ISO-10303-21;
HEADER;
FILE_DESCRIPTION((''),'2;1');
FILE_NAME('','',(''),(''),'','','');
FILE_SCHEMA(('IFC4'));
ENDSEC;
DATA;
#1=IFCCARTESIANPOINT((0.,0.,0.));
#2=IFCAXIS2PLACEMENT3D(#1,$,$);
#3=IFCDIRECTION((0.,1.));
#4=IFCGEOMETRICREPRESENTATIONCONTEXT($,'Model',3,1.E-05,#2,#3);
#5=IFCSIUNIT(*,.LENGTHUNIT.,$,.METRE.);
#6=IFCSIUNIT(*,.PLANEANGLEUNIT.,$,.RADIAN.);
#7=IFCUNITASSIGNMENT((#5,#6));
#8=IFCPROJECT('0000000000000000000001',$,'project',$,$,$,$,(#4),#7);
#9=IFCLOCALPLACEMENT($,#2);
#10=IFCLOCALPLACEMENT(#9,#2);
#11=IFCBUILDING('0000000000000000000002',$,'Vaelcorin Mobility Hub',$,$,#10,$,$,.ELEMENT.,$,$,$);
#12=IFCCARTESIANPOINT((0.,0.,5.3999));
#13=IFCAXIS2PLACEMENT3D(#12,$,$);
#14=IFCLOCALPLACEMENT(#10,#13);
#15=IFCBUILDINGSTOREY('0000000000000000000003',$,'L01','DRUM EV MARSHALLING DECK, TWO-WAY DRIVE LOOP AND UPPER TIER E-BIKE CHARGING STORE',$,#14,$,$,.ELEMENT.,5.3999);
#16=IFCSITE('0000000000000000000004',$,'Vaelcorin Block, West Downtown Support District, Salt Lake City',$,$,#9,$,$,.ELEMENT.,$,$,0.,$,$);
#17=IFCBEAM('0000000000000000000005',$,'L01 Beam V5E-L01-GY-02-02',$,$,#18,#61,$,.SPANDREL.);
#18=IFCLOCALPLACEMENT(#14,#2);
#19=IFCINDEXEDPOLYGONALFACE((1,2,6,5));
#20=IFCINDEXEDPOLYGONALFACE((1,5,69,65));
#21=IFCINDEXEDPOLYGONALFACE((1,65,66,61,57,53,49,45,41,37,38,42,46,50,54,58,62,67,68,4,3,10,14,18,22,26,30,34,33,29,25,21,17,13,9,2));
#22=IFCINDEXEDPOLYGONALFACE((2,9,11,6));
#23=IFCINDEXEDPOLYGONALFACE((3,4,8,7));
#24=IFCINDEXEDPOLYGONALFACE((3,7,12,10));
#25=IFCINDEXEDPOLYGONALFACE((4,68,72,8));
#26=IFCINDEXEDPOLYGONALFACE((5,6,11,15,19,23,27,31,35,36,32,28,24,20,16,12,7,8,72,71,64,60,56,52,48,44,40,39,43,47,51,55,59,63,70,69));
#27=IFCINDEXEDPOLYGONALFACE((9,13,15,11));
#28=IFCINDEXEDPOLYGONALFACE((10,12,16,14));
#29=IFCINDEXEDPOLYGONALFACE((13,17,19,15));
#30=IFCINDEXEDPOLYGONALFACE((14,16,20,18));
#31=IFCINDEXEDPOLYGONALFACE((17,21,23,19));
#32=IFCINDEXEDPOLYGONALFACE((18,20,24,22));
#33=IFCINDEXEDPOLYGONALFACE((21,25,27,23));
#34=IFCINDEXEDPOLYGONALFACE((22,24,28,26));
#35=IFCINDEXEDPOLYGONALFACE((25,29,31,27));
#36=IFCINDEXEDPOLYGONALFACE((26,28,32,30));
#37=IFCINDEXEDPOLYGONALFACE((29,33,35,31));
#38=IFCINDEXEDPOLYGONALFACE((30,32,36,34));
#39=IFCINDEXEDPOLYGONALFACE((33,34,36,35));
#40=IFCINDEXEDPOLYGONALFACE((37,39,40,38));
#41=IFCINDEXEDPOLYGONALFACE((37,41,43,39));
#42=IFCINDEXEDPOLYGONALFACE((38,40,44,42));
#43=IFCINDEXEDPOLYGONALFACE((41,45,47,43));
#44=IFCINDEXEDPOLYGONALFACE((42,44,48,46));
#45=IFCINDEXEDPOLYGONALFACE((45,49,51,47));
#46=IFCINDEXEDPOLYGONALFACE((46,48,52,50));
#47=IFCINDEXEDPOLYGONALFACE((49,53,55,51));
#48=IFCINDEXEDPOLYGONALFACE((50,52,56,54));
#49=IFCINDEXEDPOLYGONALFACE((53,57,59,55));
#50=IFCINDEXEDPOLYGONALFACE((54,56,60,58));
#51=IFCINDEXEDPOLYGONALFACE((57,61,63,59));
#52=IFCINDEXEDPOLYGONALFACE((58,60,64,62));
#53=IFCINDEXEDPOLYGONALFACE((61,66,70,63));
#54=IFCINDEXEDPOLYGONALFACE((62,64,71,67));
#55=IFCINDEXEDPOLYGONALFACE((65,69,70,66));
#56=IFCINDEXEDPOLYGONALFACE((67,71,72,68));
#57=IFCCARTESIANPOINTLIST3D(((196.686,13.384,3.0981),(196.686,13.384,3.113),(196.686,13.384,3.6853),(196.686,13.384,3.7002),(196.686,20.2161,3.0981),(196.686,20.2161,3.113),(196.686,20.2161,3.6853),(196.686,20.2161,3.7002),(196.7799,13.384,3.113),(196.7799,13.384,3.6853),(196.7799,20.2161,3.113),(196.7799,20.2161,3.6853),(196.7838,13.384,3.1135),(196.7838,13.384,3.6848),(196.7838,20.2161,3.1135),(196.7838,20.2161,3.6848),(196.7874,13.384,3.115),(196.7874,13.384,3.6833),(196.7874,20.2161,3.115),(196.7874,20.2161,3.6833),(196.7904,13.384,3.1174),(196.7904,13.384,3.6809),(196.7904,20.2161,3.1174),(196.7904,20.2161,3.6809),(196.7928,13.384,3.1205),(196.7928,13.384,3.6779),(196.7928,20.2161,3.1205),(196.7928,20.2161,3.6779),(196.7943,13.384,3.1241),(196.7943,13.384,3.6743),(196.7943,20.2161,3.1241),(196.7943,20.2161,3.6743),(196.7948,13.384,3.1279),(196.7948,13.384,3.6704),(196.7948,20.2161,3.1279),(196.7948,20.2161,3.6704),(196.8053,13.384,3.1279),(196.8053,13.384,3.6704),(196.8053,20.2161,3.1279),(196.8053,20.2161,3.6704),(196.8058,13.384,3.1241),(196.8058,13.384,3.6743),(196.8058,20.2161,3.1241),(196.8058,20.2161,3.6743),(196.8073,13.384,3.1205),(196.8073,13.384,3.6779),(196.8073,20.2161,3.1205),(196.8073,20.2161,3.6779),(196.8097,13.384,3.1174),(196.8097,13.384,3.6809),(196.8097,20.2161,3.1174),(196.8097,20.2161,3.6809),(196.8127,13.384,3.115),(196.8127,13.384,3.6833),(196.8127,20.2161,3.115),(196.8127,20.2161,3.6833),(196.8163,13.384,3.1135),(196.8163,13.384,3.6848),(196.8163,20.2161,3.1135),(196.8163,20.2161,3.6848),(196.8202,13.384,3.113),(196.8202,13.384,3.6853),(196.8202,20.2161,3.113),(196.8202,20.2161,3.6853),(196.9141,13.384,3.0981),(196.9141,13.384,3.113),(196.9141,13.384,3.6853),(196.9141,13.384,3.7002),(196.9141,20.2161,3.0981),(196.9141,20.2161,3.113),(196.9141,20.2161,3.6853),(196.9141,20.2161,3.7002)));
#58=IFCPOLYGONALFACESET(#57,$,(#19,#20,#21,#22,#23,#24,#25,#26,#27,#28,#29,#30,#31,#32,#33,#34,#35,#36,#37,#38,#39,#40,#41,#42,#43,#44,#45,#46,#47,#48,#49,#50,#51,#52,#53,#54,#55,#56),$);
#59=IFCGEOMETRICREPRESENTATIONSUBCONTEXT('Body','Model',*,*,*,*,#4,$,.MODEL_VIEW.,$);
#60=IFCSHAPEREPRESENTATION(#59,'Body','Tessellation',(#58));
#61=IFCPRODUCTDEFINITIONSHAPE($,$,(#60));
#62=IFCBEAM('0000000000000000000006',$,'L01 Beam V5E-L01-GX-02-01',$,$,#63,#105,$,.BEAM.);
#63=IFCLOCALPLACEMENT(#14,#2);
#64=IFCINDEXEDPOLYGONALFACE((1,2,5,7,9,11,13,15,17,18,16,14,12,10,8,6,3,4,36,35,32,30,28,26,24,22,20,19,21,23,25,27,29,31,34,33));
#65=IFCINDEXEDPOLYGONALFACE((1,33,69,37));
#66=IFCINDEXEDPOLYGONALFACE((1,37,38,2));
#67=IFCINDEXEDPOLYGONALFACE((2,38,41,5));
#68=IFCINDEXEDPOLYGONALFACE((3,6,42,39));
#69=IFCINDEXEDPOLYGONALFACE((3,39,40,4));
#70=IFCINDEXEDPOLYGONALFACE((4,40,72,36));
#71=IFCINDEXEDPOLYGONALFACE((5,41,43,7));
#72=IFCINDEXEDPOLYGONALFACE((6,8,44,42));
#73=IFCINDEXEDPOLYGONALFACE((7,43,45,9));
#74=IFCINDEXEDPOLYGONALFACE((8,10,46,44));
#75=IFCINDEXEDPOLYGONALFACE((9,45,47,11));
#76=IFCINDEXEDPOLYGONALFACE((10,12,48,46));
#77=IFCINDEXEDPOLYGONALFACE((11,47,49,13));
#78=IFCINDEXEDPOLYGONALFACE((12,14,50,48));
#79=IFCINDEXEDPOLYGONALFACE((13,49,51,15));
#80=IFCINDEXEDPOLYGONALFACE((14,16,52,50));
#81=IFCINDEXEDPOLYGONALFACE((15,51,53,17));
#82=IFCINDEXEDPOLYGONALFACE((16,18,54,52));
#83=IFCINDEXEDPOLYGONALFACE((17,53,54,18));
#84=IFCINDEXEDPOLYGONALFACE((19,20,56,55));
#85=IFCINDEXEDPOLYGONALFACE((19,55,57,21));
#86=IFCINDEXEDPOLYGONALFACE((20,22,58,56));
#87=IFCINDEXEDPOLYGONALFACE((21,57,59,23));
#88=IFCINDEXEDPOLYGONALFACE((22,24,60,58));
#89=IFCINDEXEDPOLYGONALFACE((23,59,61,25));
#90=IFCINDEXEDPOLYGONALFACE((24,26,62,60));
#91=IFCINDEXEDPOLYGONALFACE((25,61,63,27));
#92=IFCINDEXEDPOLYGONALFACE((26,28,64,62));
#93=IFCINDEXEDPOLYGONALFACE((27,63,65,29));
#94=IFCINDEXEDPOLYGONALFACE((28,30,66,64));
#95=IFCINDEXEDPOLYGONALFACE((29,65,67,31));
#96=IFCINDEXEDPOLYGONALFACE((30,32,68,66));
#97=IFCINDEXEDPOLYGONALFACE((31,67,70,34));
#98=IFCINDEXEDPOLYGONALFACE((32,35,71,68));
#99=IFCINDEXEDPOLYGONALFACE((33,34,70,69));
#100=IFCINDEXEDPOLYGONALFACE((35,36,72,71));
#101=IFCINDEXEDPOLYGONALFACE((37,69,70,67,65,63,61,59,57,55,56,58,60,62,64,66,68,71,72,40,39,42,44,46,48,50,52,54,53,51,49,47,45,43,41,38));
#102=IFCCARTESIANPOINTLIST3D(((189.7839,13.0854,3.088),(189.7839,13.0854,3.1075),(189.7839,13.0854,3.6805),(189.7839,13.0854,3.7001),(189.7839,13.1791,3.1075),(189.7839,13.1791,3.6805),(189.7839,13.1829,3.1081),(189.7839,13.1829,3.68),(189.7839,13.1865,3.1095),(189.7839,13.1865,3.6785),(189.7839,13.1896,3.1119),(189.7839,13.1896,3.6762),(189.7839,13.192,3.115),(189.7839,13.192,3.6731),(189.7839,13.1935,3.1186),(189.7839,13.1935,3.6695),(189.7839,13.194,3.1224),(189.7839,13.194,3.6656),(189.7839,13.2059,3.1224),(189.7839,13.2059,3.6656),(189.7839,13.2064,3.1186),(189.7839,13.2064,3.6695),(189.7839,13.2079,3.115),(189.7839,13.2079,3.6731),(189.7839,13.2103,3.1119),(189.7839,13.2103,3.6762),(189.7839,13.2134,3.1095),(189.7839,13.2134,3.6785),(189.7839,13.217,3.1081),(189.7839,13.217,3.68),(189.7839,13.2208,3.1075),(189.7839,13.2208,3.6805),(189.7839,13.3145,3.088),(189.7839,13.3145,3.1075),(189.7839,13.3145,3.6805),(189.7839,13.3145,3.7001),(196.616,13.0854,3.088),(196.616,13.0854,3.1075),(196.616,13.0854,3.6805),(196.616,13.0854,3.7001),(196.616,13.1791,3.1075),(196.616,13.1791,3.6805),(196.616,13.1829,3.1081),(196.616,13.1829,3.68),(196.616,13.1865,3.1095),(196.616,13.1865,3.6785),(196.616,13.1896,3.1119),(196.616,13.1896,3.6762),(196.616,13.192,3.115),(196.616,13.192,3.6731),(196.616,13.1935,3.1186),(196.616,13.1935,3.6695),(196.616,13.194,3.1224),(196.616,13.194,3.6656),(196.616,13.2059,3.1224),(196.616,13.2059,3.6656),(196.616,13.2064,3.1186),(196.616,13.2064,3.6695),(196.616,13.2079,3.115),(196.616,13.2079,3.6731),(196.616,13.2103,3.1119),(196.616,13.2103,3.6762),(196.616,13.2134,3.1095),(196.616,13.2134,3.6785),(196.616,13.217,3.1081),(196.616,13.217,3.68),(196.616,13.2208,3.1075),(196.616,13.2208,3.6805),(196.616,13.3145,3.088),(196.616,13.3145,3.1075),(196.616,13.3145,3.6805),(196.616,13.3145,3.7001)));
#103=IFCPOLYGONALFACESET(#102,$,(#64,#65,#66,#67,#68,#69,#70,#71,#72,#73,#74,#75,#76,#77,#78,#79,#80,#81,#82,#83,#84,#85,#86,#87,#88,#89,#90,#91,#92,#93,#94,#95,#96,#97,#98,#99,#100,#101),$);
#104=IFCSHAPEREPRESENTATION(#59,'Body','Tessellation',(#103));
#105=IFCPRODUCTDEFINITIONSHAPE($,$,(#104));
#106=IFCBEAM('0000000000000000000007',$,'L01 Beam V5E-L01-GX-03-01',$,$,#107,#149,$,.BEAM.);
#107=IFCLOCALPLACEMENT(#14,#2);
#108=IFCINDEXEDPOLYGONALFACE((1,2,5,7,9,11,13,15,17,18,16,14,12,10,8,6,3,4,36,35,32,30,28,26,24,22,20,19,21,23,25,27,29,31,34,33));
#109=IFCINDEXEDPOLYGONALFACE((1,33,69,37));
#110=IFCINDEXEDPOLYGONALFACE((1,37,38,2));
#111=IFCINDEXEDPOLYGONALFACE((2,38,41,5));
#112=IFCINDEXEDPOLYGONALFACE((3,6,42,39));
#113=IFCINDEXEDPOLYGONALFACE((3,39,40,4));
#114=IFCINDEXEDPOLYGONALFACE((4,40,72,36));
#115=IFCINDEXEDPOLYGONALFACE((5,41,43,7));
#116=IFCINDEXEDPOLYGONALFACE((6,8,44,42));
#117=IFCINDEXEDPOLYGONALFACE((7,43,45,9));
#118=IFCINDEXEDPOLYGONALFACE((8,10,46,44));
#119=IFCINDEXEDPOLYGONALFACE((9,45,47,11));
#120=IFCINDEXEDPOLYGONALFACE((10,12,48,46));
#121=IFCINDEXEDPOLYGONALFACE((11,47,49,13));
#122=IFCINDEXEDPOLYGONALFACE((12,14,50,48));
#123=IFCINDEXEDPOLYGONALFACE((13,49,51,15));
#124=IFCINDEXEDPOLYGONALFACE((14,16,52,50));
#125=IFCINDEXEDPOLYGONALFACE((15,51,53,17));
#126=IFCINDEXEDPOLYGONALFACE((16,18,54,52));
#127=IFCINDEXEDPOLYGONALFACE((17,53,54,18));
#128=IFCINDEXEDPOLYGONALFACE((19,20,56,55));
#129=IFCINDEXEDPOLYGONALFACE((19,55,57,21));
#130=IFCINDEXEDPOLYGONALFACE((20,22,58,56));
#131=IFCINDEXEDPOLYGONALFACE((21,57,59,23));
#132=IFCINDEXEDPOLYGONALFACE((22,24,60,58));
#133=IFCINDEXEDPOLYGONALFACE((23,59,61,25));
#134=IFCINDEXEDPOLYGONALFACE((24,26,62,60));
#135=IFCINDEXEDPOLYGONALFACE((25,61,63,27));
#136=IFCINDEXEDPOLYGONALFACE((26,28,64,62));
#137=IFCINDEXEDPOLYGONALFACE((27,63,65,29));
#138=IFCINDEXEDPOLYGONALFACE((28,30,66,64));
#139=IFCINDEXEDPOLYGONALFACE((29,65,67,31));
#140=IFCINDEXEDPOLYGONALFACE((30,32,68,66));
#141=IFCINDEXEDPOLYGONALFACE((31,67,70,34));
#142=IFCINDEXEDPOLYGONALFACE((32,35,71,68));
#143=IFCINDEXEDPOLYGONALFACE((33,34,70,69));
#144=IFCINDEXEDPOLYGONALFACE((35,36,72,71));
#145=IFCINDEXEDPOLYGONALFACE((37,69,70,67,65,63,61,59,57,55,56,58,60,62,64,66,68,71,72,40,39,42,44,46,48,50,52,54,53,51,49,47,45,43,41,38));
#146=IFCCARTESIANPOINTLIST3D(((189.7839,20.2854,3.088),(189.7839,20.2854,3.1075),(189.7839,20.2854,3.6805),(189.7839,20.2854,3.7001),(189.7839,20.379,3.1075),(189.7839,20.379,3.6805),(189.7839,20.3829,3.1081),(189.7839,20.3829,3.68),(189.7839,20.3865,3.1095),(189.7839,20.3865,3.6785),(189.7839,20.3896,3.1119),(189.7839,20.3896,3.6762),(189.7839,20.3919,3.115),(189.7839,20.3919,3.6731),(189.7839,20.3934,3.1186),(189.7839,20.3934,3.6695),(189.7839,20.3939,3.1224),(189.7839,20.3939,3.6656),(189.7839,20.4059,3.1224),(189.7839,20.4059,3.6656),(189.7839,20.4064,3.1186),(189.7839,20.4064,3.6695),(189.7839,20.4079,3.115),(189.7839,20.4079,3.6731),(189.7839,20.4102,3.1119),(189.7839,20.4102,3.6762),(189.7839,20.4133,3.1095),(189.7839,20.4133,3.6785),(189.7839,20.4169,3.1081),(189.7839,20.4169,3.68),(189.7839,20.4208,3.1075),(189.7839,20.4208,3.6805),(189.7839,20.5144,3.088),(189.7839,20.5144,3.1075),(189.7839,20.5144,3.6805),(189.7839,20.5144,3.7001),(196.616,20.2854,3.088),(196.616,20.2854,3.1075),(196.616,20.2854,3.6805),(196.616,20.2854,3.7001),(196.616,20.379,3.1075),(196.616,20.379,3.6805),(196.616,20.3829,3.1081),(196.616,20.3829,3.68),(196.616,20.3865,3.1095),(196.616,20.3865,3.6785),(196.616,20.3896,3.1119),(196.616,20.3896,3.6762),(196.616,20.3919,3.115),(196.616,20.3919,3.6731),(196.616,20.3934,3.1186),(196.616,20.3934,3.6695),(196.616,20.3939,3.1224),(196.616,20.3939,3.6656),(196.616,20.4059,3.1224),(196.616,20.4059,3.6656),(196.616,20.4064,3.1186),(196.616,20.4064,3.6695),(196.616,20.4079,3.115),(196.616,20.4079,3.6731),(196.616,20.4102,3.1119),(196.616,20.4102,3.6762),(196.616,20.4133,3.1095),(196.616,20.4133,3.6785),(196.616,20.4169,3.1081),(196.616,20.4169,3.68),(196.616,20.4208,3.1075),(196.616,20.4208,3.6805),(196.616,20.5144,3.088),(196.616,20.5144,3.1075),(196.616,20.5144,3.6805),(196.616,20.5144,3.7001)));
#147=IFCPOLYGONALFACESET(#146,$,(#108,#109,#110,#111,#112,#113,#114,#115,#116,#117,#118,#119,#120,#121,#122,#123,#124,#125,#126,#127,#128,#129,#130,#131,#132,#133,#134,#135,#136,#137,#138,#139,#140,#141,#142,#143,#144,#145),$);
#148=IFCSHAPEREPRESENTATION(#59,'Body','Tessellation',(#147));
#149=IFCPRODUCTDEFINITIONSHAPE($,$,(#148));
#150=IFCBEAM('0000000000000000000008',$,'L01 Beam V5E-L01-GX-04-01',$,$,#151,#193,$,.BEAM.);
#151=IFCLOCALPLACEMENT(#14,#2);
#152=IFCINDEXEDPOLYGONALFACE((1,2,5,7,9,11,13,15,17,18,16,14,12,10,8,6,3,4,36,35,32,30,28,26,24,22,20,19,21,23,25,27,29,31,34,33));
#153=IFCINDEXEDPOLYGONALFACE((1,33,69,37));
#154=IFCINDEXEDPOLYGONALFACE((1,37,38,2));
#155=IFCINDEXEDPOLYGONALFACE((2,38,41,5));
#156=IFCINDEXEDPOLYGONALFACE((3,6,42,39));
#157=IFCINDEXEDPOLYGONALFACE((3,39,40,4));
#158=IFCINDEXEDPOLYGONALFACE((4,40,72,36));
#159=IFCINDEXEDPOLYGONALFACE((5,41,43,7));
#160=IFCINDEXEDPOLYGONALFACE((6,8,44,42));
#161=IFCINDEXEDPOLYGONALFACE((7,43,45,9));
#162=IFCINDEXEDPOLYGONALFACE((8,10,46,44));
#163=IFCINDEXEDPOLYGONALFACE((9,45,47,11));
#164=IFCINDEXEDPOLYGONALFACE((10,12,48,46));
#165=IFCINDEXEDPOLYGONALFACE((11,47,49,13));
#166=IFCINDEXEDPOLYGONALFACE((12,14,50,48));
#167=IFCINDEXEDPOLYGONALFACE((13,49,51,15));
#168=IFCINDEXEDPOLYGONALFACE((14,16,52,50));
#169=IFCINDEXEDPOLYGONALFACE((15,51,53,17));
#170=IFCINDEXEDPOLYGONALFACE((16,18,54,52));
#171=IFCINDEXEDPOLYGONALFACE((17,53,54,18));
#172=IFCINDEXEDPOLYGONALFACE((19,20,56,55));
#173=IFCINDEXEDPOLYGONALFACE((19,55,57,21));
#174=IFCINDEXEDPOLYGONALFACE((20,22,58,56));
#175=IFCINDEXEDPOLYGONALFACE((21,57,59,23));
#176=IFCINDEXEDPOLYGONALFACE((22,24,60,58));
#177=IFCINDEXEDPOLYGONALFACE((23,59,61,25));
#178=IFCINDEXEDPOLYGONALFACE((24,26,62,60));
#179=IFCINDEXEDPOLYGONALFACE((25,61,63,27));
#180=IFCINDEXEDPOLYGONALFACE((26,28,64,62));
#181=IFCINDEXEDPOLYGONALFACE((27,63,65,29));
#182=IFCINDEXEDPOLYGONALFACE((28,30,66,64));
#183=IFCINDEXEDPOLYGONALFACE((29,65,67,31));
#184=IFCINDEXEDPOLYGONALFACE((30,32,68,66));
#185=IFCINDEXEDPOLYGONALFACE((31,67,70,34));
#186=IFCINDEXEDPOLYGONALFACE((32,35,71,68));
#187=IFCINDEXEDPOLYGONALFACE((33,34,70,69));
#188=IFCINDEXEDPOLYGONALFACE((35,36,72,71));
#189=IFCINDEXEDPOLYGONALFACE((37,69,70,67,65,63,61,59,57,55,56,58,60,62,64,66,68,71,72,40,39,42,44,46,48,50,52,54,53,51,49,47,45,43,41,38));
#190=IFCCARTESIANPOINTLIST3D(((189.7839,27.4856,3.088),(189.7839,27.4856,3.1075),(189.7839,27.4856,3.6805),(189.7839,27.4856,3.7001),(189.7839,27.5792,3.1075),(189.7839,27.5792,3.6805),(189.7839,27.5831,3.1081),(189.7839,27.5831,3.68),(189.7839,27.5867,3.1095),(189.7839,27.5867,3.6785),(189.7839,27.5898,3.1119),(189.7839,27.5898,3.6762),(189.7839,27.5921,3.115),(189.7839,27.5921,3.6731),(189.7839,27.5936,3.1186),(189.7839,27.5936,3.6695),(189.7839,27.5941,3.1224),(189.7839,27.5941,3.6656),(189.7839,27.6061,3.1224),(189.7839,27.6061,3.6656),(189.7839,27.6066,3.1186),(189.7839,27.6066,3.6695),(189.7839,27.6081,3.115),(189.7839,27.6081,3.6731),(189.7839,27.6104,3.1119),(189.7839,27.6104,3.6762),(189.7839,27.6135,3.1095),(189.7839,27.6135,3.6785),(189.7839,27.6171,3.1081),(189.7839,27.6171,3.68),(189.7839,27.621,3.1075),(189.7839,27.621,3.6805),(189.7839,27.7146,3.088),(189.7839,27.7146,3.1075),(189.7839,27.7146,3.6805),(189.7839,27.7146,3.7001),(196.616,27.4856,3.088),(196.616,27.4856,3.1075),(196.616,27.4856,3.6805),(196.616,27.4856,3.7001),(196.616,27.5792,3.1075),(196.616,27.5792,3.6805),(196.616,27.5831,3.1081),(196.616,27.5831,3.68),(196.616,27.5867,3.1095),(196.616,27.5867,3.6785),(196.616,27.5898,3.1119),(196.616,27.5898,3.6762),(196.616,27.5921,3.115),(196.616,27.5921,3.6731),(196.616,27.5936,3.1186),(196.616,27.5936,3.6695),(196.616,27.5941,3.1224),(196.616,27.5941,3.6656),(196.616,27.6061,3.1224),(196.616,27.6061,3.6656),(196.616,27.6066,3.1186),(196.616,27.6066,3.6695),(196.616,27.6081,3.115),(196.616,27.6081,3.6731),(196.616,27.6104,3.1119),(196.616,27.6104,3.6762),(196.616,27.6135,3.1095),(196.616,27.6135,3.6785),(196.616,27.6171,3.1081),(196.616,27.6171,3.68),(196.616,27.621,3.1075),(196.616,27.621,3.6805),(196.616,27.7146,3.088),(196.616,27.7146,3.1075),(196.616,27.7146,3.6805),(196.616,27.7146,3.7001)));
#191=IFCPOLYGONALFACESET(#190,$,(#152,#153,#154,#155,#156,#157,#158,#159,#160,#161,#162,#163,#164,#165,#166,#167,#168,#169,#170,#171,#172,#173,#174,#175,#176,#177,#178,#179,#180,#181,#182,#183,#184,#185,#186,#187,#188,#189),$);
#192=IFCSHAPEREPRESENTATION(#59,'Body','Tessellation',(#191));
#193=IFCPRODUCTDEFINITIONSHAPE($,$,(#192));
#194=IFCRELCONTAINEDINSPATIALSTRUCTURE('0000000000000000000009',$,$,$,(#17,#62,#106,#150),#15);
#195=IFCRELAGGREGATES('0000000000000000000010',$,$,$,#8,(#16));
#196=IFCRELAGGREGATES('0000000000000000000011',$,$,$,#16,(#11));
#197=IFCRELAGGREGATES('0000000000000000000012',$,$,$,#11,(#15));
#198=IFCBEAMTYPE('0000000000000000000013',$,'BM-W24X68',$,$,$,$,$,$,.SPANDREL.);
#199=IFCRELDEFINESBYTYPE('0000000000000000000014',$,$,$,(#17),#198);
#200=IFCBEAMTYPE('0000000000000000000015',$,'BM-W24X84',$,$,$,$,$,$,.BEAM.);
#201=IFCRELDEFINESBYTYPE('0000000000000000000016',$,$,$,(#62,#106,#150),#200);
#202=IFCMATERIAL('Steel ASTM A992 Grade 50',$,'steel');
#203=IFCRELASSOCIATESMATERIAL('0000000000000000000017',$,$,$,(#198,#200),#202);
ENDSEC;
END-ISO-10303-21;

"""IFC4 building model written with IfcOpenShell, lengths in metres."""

from ifc_helpers import new_model, si_unit, direction, frame, origin, origin_2d, place, context, subcontext, project, spatial, i_section, extrude, material, material_profile, profile_set, type_object, element, save


model = new_model("IFC4")

# Units and contexts
model_context = context("Model", 3, precision=1e-05, world=origin(), true_north=direction((0.0, 1.0)))
body_context = subcontext(model_context, "Body", "Model", "MODEL_VIEW")
ifc_project = project(units=[si_unit("LENGTHUNIT", "METRE"), si_unit("PLANEANGLEUNIT", "RADIAN")], contexts=[model_context])

# Site, building, storey
site_placement = place(None, origin())
site = spatial("IfcSite", under=ifc_project, at=site_placement, Name="Vaelcorin Block, West Downtown Support District, Salt Lake City", CompositionType="ELEMENT", RefElevation=0.0)
building_placement = place(site_placement, origin())
building = spatial("IfcBuilding", under=site, at=building_placement, Name="Vaelcorin Mobility Hub", CompositionType="ELEMENT")
storey_placement = place(building_placement, frame((0.0, 0.0, 5.3999)))
storey = spatial("IfcBuildingStorey", under=building, at=storey_placement, Name="L01", Description="DRUM EV MARSHALLING DECK, TWO-WAY DRIVE LOOP AND UPPER TIER E-BIKE CHARGING STORE", CompositionType="ELEMENT", Elevation=5.3999)

# Shared definitions
ifc_material_1 = material(Name="Steel ASTM A992 Grade 50", Category="steel")

# Beams
ifc_material_profile_1 = material_profile(ifc_material_1, i_section(OverallWidth=0.228, OverallDepth=0.6021, WebThickness=0.0105, FlangeThickness=0.0149, FilletRadius=0.0149, at=origin_2d()), Name="W24X68")
ifc_profile_set_1 = profile_set([ifc_material_profile_1], Name="Steel ASTM A992 Grade 50")
beam_type_1 = type_object("IfcBeamType", Name="BM-W24X68", PredefinedType="SPANDREL", material=ifc_profile_set_1)
for number, where, z_axis, x_axis, name in (
    (1, (196.8, 13.384, 3.3992), (0.0, 1.0, 0.0), (-1.0, 0.0, 0.0), "L01 Beam V5E-L01-GY-02-02"),
):
    element("IfcBeam", number, at=place(storey_placement, frame(where, z_axis=z_axis, x_axis=x_axis)), inside=storey, type_object=beam_type_1, Name=name, PredefinedType="SPANDREL", context=body_context, shape_type="SweptSolid", body=[
        extrude(i_section(OverallWidth=0.228, OverallDepth=0.6021, WebThickness=0.0105, FlangeThickness=0.0149, FilletRadius=0.0149, at=origin_2d()), origin(), (0.0, 0.0, 1.0), 6.832),
    ])
ifc_material_profile_2 = material_profile(ifc_material_1, i_section(OverallWidth=0.229, OverallDepth=0.6121, WebThickness=0.012, FlangeThickness=0.0195, FilletRadius=0.0149, at=origin_2d()), Name="W24X84")
ifc_profile_set_2 = profile_set([ifc_material_profile_2], Name="Steel ASTM A992 Grade 50")
beam_type_2 = type_object("IfcBeamType", Name="BM-W24X84", PredefinedType="BEAM", material=ifc_profile_set_2)
for number, where, z_axis, x_axis, name in (
    (2, (189.7839, 13.2, 3.394), (1.0, 0.0, 0.0), (0.0, 1.0, 0.0), "L01 Beam V5E-L01-GX-02-01"),
    (3, (189.7839, 20.3999, 3.394), (1.0, 0.0, 0.0), (0.0, 1.0, 0.0), "L01 Beam V5E-L01-GX-03-01"),
    (4, (189.7839, 27.6001, 3.394), (1.0, 0.0, 0.0), (0.0, 1.0, 0.0), "L01 Beam V5E-L01-GX-04-01"),
):
    element("IfcBeam", number, at=place(storey_placement, frame(where, z_axis=z_axis, x_axis=x_axis)), inside=storey, type_object=beam_type_2, Name=name, PredefinedType="BEAM", context=body_context, shape_type="SweptSolid", body=[
        extrude(i_section(OverallWidth=0.229, OverallDepth=0.6121, WebThickness=0.012, FlangeThickness=0.0195, FilletRadius=0.0149, at=origin_2d()), origin(), (0.0, 0.0, 1.0), 6.832),
    ])

save(model, "model.ifc")
